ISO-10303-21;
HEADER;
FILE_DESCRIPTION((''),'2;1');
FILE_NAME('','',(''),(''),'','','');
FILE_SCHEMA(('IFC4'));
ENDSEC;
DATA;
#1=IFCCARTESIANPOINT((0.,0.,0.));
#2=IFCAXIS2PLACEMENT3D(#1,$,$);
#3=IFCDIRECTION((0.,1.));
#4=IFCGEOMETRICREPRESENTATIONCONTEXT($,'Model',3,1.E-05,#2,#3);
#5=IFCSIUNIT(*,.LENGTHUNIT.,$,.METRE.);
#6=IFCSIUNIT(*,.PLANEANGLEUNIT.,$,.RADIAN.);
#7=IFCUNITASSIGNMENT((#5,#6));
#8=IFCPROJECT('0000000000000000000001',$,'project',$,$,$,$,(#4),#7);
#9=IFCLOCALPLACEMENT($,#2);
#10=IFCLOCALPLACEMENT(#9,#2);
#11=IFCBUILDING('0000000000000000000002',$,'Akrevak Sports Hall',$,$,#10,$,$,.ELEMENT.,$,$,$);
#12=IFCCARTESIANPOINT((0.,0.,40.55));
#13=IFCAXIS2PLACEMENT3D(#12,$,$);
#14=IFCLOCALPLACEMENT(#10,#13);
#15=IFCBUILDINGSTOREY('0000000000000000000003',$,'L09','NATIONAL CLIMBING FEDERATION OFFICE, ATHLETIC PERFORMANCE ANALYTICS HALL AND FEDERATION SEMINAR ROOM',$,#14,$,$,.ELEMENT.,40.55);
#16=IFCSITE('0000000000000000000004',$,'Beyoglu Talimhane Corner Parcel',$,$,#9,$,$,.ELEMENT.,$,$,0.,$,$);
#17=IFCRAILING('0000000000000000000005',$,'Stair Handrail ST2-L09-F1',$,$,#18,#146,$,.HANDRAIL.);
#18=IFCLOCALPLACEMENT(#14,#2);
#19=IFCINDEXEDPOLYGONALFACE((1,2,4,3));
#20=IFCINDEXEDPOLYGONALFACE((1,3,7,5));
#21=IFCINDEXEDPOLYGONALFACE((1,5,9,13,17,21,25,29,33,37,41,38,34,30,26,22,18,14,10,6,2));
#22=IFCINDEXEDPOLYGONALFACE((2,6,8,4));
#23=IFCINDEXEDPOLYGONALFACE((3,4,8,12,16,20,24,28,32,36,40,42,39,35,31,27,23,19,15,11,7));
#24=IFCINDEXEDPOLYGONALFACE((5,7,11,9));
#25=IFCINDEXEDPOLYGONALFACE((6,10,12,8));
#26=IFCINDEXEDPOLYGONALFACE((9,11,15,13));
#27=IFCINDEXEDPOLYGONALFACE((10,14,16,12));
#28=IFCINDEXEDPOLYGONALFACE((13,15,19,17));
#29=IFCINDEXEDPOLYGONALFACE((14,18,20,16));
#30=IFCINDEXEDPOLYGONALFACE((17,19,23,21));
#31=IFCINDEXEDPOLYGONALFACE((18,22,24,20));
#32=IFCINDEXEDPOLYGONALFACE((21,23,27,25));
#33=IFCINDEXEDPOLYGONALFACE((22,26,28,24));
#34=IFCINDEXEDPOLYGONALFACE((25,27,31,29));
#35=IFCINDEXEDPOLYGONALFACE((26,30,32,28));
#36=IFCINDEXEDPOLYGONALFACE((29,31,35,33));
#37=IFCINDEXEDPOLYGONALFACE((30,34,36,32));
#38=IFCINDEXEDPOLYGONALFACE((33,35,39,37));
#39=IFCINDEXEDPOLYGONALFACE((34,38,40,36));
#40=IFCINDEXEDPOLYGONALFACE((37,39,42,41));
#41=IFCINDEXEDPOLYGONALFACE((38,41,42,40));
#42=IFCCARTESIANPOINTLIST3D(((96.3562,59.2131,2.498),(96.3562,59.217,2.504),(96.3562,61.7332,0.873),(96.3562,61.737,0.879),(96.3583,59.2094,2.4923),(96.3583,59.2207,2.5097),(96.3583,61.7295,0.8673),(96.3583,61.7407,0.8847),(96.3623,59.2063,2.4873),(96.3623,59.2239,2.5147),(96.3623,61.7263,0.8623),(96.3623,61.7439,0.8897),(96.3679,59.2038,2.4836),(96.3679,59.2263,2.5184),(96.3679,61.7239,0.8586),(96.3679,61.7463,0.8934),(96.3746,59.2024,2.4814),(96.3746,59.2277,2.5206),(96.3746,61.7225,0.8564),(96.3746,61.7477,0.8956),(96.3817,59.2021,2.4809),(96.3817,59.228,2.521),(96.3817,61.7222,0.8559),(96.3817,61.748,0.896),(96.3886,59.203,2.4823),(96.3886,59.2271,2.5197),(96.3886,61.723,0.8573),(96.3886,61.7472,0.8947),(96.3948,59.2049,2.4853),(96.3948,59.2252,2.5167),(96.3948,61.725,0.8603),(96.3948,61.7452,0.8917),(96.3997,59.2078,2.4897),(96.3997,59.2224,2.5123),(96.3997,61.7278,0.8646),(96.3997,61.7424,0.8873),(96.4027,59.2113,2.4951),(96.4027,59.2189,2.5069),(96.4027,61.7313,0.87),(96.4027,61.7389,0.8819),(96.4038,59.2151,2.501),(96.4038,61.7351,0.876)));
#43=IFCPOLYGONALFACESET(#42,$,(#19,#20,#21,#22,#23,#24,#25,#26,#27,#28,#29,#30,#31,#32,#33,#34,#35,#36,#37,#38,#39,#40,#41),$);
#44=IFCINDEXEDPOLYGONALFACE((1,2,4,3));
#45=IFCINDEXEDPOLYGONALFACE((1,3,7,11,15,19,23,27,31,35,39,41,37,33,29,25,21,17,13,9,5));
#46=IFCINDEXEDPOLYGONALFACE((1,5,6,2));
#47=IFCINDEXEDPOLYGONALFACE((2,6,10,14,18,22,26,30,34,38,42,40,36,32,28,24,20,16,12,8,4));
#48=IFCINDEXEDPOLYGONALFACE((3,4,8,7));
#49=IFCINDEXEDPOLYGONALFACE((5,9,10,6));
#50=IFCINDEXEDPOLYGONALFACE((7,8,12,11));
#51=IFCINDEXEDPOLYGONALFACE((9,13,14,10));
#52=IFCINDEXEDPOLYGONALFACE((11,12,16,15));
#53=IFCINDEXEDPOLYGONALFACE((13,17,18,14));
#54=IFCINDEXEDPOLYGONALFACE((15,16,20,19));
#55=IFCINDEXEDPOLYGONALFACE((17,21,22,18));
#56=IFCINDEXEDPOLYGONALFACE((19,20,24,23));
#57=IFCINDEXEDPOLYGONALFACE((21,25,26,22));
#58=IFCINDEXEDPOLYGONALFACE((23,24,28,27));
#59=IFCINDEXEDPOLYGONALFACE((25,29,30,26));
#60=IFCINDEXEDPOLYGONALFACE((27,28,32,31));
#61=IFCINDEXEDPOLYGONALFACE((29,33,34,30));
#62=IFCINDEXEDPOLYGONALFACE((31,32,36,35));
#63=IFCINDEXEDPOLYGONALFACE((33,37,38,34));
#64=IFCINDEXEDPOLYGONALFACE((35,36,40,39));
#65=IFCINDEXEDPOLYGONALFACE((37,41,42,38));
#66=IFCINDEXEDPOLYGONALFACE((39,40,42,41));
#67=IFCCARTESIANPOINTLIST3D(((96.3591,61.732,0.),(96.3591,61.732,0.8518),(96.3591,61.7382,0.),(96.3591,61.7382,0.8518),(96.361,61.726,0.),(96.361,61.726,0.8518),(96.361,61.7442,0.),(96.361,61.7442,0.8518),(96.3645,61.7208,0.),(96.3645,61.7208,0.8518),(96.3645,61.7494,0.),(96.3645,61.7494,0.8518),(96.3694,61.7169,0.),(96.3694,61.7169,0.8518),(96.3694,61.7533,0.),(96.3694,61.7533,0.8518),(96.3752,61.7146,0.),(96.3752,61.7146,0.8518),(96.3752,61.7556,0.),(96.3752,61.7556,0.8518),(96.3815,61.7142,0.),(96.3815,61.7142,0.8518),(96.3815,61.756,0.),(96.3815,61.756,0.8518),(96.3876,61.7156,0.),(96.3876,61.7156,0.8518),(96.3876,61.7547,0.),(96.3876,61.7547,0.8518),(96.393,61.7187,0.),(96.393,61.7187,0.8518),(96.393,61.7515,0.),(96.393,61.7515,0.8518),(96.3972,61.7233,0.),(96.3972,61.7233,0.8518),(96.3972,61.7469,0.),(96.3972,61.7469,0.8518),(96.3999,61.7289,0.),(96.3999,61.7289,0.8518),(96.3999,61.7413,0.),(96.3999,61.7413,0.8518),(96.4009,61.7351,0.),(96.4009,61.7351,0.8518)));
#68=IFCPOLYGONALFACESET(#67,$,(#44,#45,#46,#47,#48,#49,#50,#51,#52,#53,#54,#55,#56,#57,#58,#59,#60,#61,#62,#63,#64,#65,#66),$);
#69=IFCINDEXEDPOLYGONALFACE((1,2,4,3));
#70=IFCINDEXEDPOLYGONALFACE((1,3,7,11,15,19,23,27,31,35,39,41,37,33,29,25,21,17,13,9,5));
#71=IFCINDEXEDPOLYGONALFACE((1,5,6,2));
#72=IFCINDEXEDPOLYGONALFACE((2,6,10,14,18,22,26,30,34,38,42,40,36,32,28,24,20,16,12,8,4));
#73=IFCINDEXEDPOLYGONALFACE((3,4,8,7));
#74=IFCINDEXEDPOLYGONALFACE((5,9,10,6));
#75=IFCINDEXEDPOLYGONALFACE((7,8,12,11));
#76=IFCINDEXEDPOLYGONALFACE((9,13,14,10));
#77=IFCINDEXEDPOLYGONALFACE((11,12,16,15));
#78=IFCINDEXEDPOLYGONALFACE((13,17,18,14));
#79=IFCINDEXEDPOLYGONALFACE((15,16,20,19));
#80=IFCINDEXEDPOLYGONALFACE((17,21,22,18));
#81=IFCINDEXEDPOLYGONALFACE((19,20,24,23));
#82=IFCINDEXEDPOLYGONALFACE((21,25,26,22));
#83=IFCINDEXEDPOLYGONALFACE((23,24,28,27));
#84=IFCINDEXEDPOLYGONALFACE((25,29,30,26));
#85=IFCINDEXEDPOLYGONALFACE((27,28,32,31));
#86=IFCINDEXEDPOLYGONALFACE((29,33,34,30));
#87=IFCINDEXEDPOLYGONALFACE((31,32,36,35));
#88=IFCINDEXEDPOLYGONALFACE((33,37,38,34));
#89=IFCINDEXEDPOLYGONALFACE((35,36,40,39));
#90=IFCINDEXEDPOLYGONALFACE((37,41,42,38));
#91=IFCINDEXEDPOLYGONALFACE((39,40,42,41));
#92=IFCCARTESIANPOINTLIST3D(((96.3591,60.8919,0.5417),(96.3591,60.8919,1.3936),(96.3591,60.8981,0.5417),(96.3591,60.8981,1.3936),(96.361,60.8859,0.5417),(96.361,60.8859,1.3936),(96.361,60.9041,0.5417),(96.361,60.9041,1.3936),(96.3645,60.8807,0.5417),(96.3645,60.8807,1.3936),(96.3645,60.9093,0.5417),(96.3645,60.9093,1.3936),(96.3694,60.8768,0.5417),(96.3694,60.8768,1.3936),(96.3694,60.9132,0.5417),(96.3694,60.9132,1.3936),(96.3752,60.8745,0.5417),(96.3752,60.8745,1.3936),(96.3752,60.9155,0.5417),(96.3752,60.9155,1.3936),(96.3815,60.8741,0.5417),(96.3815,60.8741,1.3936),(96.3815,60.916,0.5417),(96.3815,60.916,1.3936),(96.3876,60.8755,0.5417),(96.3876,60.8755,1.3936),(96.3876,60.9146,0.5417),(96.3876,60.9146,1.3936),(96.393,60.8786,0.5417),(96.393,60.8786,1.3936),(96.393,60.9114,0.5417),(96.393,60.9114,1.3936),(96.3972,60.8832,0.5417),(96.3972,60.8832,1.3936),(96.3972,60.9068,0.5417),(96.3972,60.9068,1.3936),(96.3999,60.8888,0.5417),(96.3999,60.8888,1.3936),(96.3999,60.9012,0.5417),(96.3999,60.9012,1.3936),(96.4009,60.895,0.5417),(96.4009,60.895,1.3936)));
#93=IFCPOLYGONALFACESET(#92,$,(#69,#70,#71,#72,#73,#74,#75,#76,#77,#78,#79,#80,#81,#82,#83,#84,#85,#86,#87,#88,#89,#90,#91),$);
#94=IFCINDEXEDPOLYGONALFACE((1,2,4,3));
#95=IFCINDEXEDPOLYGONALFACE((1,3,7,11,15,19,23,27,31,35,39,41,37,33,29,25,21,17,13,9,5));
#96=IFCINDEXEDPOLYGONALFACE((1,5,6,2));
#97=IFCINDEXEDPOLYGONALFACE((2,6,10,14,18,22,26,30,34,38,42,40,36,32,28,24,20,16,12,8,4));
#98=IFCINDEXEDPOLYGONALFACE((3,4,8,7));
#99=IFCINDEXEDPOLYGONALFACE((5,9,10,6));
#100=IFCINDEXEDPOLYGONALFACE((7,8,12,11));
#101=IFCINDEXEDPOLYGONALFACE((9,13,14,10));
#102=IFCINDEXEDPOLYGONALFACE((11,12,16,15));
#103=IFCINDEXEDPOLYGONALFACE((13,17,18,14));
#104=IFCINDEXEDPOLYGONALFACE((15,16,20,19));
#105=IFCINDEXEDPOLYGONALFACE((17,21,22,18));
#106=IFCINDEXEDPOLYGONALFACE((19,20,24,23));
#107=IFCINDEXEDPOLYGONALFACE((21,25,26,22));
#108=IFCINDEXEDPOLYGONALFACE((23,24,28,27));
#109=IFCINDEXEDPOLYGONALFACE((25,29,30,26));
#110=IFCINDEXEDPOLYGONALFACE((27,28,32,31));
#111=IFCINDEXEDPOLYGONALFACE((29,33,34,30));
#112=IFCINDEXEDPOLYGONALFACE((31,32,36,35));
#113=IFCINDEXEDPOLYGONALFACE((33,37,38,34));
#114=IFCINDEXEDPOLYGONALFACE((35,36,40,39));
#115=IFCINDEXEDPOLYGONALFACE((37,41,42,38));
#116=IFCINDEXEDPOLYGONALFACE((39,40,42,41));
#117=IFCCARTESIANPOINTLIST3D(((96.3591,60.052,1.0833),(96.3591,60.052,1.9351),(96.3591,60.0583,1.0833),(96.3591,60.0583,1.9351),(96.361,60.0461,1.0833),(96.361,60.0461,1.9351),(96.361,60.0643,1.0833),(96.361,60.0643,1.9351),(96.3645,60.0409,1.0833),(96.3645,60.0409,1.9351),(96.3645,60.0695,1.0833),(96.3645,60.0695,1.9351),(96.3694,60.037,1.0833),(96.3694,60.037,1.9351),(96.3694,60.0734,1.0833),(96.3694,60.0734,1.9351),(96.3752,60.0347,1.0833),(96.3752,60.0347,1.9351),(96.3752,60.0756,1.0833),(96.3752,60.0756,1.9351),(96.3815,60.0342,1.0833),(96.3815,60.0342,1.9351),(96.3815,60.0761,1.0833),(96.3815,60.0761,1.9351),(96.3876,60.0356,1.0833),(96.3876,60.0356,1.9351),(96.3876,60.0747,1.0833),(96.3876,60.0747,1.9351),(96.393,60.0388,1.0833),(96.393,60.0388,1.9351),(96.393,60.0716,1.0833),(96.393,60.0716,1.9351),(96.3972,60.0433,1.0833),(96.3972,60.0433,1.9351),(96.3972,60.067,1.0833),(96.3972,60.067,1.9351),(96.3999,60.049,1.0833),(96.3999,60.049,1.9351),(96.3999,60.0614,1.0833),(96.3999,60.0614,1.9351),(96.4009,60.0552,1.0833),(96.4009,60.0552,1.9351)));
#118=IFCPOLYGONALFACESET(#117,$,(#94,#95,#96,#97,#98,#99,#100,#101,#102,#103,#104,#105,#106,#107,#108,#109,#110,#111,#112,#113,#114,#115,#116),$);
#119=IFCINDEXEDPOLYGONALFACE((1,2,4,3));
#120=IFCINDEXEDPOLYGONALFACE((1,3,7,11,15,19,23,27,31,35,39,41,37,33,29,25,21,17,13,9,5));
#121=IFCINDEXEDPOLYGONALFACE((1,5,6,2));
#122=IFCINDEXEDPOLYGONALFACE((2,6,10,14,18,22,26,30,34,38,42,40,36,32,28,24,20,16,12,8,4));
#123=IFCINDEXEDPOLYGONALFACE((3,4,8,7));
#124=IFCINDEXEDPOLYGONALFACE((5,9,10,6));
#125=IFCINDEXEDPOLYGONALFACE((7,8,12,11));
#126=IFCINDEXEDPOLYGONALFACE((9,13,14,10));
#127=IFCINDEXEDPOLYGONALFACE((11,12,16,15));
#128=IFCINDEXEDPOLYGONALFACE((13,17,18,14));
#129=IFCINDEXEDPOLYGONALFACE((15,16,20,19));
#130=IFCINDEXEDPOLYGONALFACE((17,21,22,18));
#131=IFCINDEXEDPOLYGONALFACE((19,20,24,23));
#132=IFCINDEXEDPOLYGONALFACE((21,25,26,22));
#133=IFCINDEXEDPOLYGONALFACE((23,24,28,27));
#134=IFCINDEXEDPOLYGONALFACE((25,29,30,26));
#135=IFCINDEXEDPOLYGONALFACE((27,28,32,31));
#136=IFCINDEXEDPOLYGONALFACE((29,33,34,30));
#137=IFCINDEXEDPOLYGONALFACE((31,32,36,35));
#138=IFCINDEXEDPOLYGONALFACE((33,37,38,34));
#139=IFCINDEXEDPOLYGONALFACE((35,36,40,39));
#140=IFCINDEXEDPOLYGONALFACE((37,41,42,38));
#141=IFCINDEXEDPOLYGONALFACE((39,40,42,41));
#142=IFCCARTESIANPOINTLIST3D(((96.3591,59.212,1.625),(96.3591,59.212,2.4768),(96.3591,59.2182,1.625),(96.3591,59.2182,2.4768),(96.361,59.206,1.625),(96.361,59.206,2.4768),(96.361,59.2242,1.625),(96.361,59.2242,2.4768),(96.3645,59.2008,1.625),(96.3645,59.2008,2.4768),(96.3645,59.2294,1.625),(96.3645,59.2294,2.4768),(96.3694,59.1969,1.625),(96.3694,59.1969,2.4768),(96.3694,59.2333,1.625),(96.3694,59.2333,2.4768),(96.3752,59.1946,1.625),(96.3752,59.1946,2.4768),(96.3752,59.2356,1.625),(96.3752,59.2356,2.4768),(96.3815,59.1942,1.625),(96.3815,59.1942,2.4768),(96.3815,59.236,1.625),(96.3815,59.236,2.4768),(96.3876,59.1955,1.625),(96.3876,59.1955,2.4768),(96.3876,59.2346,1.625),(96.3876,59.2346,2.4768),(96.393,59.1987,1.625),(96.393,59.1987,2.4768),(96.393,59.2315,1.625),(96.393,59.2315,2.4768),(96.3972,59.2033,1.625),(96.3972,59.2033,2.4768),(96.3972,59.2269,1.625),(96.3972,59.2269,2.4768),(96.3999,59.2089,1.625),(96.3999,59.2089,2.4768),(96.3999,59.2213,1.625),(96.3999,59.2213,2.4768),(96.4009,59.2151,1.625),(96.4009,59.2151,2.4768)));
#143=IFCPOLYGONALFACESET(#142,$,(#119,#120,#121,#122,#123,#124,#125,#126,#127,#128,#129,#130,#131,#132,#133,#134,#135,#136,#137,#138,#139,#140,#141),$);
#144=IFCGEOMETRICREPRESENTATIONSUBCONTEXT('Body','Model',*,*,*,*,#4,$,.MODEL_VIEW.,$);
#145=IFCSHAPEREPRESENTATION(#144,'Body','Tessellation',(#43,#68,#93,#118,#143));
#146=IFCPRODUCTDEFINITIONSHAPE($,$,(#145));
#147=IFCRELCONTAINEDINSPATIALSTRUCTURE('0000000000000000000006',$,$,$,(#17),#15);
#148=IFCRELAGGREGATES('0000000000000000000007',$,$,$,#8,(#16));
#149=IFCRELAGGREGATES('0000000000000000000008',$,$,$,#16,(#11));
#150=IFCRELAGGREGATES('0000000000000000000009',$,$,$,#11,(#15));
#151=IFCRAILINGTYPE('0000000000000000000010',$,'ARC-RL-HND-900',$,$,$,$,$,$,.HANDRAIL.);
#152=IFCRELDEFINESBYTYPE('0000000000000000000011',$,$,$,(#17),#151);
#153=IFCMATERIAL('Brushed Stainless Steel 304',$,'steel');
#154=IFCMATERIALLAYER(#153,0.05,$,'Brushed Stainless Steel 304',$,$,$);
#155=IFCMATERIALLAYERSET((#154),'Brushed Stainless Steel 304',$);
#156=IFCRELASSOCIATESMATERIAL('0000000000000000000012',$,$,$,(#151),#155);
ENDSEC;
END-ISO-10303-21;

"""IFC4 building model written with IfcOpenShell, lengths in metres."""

from ifc_helpers import new_model, si_unit, direction, frame, origin, origin_2d, place, context, subcontext, project, spatial, circle, extrude, material, layer, layer_set, type_object, element, save


model = new_model("IFC4")

# Units and contexts
model_context = context("Model", 3, precision=1e-05, world=origin(), true_north=direction((0.0, 1.0)))
body_context = subcontext(model_context, "Body", "Model", "MODEL_VIEW")
ifc_project = project(units=[si_unit("LENGTHUNIT", "METRE"), si_unit("PLANEANGLEUNIT", "RADIAN")], contexts=[model_context])

# Site, building, storey
site_placement = place(None, origin())
site = spatial("IfcSite", under=ifc_project, at=site_placement, Name="Beyoglu Talimhane Corner Parcel", CompositionType="ELEMENT", RefElevation=0.0)
building_placement = place(site_placement, origin())
building = spatial("IfcBuilding", under=site, at=building_placement, Name="Akrevak Sports Hall", CompositionType="ELEMENT")
storey_placement = place(building_placement, frame((0.0, 0.0, 40.55)))
storey = spatial("IfcBuildingStorey", under=building, at=storey_placement, Name="L09", Description="NATIONAL CLIMBING FEDERATION OFFICE, ATHLETIC PERFORMANCE ANALYTICS HALL AND FEDERATION SEMINAR ROOM", CompositionType="ELEMENT", Elevation=40.55)

# Shared definitions
ifc_material_1 = material(Name="Brushed Stainless Steel 304", Category="steel")

# Railing
ifc_layer_1 = layer(ifc_material_1, 0.05, Name="Brushed Stainless Steel 304")
ifc_layer_set_1 = layer_set([ifc_layer_1], Name="Brushed Stainless Steel 304")
railing_type_1 = type_object("IfcRailingType", Name="ARC-RL-HND-900", PredefinedType="HANDRAIL", material=ifc_layer_set_1)
railing_1_placement = place(storey_placement, frame((96.3799, 61.7351, 0.0)))
element("IfcRailing", 1, at=railing_1_placement, inside=storey, type_object=railing_type_1, Name="Stair Handrail ST2-L09-F1", PredefinedType="HANDRAIL", context=body_context, shape_type="SweptSolid", body=[
    extrude(circle(Radius=0.0239, at=origin_2d()), frame((0.0, 0.0, 0.876), z_axis=(0.0, -0.840421, 0.541934), x_axis=(1.0, 0.0, 0.0)), (0.0, 0.0, 1.0), 2.9985),
    extrude(circle(Radius=0.021, at=origin_2d()), origin(), (0.0, 0.0, 1.0), 0.8518),
    extrude(circle(Radius=0.021, at=origin_2d()), frame((0.0, -0.8401, 0.5417)), (0.0, 0.0, 1.0), 0.8518),
    extrude(circle(Radius=0.021, at=origin_2d()), frame((0.0, -1.6799, 1.0833)), (0.0, 0.0, 1.0), 0.8518),
    extrude(circle(Radius=0.021, at=origin_2d()), frame((0.0, -2.52, 1.625)), (0.0, 0.0, 1.0), 0.8518),
])

save(model, "model.ifc")
